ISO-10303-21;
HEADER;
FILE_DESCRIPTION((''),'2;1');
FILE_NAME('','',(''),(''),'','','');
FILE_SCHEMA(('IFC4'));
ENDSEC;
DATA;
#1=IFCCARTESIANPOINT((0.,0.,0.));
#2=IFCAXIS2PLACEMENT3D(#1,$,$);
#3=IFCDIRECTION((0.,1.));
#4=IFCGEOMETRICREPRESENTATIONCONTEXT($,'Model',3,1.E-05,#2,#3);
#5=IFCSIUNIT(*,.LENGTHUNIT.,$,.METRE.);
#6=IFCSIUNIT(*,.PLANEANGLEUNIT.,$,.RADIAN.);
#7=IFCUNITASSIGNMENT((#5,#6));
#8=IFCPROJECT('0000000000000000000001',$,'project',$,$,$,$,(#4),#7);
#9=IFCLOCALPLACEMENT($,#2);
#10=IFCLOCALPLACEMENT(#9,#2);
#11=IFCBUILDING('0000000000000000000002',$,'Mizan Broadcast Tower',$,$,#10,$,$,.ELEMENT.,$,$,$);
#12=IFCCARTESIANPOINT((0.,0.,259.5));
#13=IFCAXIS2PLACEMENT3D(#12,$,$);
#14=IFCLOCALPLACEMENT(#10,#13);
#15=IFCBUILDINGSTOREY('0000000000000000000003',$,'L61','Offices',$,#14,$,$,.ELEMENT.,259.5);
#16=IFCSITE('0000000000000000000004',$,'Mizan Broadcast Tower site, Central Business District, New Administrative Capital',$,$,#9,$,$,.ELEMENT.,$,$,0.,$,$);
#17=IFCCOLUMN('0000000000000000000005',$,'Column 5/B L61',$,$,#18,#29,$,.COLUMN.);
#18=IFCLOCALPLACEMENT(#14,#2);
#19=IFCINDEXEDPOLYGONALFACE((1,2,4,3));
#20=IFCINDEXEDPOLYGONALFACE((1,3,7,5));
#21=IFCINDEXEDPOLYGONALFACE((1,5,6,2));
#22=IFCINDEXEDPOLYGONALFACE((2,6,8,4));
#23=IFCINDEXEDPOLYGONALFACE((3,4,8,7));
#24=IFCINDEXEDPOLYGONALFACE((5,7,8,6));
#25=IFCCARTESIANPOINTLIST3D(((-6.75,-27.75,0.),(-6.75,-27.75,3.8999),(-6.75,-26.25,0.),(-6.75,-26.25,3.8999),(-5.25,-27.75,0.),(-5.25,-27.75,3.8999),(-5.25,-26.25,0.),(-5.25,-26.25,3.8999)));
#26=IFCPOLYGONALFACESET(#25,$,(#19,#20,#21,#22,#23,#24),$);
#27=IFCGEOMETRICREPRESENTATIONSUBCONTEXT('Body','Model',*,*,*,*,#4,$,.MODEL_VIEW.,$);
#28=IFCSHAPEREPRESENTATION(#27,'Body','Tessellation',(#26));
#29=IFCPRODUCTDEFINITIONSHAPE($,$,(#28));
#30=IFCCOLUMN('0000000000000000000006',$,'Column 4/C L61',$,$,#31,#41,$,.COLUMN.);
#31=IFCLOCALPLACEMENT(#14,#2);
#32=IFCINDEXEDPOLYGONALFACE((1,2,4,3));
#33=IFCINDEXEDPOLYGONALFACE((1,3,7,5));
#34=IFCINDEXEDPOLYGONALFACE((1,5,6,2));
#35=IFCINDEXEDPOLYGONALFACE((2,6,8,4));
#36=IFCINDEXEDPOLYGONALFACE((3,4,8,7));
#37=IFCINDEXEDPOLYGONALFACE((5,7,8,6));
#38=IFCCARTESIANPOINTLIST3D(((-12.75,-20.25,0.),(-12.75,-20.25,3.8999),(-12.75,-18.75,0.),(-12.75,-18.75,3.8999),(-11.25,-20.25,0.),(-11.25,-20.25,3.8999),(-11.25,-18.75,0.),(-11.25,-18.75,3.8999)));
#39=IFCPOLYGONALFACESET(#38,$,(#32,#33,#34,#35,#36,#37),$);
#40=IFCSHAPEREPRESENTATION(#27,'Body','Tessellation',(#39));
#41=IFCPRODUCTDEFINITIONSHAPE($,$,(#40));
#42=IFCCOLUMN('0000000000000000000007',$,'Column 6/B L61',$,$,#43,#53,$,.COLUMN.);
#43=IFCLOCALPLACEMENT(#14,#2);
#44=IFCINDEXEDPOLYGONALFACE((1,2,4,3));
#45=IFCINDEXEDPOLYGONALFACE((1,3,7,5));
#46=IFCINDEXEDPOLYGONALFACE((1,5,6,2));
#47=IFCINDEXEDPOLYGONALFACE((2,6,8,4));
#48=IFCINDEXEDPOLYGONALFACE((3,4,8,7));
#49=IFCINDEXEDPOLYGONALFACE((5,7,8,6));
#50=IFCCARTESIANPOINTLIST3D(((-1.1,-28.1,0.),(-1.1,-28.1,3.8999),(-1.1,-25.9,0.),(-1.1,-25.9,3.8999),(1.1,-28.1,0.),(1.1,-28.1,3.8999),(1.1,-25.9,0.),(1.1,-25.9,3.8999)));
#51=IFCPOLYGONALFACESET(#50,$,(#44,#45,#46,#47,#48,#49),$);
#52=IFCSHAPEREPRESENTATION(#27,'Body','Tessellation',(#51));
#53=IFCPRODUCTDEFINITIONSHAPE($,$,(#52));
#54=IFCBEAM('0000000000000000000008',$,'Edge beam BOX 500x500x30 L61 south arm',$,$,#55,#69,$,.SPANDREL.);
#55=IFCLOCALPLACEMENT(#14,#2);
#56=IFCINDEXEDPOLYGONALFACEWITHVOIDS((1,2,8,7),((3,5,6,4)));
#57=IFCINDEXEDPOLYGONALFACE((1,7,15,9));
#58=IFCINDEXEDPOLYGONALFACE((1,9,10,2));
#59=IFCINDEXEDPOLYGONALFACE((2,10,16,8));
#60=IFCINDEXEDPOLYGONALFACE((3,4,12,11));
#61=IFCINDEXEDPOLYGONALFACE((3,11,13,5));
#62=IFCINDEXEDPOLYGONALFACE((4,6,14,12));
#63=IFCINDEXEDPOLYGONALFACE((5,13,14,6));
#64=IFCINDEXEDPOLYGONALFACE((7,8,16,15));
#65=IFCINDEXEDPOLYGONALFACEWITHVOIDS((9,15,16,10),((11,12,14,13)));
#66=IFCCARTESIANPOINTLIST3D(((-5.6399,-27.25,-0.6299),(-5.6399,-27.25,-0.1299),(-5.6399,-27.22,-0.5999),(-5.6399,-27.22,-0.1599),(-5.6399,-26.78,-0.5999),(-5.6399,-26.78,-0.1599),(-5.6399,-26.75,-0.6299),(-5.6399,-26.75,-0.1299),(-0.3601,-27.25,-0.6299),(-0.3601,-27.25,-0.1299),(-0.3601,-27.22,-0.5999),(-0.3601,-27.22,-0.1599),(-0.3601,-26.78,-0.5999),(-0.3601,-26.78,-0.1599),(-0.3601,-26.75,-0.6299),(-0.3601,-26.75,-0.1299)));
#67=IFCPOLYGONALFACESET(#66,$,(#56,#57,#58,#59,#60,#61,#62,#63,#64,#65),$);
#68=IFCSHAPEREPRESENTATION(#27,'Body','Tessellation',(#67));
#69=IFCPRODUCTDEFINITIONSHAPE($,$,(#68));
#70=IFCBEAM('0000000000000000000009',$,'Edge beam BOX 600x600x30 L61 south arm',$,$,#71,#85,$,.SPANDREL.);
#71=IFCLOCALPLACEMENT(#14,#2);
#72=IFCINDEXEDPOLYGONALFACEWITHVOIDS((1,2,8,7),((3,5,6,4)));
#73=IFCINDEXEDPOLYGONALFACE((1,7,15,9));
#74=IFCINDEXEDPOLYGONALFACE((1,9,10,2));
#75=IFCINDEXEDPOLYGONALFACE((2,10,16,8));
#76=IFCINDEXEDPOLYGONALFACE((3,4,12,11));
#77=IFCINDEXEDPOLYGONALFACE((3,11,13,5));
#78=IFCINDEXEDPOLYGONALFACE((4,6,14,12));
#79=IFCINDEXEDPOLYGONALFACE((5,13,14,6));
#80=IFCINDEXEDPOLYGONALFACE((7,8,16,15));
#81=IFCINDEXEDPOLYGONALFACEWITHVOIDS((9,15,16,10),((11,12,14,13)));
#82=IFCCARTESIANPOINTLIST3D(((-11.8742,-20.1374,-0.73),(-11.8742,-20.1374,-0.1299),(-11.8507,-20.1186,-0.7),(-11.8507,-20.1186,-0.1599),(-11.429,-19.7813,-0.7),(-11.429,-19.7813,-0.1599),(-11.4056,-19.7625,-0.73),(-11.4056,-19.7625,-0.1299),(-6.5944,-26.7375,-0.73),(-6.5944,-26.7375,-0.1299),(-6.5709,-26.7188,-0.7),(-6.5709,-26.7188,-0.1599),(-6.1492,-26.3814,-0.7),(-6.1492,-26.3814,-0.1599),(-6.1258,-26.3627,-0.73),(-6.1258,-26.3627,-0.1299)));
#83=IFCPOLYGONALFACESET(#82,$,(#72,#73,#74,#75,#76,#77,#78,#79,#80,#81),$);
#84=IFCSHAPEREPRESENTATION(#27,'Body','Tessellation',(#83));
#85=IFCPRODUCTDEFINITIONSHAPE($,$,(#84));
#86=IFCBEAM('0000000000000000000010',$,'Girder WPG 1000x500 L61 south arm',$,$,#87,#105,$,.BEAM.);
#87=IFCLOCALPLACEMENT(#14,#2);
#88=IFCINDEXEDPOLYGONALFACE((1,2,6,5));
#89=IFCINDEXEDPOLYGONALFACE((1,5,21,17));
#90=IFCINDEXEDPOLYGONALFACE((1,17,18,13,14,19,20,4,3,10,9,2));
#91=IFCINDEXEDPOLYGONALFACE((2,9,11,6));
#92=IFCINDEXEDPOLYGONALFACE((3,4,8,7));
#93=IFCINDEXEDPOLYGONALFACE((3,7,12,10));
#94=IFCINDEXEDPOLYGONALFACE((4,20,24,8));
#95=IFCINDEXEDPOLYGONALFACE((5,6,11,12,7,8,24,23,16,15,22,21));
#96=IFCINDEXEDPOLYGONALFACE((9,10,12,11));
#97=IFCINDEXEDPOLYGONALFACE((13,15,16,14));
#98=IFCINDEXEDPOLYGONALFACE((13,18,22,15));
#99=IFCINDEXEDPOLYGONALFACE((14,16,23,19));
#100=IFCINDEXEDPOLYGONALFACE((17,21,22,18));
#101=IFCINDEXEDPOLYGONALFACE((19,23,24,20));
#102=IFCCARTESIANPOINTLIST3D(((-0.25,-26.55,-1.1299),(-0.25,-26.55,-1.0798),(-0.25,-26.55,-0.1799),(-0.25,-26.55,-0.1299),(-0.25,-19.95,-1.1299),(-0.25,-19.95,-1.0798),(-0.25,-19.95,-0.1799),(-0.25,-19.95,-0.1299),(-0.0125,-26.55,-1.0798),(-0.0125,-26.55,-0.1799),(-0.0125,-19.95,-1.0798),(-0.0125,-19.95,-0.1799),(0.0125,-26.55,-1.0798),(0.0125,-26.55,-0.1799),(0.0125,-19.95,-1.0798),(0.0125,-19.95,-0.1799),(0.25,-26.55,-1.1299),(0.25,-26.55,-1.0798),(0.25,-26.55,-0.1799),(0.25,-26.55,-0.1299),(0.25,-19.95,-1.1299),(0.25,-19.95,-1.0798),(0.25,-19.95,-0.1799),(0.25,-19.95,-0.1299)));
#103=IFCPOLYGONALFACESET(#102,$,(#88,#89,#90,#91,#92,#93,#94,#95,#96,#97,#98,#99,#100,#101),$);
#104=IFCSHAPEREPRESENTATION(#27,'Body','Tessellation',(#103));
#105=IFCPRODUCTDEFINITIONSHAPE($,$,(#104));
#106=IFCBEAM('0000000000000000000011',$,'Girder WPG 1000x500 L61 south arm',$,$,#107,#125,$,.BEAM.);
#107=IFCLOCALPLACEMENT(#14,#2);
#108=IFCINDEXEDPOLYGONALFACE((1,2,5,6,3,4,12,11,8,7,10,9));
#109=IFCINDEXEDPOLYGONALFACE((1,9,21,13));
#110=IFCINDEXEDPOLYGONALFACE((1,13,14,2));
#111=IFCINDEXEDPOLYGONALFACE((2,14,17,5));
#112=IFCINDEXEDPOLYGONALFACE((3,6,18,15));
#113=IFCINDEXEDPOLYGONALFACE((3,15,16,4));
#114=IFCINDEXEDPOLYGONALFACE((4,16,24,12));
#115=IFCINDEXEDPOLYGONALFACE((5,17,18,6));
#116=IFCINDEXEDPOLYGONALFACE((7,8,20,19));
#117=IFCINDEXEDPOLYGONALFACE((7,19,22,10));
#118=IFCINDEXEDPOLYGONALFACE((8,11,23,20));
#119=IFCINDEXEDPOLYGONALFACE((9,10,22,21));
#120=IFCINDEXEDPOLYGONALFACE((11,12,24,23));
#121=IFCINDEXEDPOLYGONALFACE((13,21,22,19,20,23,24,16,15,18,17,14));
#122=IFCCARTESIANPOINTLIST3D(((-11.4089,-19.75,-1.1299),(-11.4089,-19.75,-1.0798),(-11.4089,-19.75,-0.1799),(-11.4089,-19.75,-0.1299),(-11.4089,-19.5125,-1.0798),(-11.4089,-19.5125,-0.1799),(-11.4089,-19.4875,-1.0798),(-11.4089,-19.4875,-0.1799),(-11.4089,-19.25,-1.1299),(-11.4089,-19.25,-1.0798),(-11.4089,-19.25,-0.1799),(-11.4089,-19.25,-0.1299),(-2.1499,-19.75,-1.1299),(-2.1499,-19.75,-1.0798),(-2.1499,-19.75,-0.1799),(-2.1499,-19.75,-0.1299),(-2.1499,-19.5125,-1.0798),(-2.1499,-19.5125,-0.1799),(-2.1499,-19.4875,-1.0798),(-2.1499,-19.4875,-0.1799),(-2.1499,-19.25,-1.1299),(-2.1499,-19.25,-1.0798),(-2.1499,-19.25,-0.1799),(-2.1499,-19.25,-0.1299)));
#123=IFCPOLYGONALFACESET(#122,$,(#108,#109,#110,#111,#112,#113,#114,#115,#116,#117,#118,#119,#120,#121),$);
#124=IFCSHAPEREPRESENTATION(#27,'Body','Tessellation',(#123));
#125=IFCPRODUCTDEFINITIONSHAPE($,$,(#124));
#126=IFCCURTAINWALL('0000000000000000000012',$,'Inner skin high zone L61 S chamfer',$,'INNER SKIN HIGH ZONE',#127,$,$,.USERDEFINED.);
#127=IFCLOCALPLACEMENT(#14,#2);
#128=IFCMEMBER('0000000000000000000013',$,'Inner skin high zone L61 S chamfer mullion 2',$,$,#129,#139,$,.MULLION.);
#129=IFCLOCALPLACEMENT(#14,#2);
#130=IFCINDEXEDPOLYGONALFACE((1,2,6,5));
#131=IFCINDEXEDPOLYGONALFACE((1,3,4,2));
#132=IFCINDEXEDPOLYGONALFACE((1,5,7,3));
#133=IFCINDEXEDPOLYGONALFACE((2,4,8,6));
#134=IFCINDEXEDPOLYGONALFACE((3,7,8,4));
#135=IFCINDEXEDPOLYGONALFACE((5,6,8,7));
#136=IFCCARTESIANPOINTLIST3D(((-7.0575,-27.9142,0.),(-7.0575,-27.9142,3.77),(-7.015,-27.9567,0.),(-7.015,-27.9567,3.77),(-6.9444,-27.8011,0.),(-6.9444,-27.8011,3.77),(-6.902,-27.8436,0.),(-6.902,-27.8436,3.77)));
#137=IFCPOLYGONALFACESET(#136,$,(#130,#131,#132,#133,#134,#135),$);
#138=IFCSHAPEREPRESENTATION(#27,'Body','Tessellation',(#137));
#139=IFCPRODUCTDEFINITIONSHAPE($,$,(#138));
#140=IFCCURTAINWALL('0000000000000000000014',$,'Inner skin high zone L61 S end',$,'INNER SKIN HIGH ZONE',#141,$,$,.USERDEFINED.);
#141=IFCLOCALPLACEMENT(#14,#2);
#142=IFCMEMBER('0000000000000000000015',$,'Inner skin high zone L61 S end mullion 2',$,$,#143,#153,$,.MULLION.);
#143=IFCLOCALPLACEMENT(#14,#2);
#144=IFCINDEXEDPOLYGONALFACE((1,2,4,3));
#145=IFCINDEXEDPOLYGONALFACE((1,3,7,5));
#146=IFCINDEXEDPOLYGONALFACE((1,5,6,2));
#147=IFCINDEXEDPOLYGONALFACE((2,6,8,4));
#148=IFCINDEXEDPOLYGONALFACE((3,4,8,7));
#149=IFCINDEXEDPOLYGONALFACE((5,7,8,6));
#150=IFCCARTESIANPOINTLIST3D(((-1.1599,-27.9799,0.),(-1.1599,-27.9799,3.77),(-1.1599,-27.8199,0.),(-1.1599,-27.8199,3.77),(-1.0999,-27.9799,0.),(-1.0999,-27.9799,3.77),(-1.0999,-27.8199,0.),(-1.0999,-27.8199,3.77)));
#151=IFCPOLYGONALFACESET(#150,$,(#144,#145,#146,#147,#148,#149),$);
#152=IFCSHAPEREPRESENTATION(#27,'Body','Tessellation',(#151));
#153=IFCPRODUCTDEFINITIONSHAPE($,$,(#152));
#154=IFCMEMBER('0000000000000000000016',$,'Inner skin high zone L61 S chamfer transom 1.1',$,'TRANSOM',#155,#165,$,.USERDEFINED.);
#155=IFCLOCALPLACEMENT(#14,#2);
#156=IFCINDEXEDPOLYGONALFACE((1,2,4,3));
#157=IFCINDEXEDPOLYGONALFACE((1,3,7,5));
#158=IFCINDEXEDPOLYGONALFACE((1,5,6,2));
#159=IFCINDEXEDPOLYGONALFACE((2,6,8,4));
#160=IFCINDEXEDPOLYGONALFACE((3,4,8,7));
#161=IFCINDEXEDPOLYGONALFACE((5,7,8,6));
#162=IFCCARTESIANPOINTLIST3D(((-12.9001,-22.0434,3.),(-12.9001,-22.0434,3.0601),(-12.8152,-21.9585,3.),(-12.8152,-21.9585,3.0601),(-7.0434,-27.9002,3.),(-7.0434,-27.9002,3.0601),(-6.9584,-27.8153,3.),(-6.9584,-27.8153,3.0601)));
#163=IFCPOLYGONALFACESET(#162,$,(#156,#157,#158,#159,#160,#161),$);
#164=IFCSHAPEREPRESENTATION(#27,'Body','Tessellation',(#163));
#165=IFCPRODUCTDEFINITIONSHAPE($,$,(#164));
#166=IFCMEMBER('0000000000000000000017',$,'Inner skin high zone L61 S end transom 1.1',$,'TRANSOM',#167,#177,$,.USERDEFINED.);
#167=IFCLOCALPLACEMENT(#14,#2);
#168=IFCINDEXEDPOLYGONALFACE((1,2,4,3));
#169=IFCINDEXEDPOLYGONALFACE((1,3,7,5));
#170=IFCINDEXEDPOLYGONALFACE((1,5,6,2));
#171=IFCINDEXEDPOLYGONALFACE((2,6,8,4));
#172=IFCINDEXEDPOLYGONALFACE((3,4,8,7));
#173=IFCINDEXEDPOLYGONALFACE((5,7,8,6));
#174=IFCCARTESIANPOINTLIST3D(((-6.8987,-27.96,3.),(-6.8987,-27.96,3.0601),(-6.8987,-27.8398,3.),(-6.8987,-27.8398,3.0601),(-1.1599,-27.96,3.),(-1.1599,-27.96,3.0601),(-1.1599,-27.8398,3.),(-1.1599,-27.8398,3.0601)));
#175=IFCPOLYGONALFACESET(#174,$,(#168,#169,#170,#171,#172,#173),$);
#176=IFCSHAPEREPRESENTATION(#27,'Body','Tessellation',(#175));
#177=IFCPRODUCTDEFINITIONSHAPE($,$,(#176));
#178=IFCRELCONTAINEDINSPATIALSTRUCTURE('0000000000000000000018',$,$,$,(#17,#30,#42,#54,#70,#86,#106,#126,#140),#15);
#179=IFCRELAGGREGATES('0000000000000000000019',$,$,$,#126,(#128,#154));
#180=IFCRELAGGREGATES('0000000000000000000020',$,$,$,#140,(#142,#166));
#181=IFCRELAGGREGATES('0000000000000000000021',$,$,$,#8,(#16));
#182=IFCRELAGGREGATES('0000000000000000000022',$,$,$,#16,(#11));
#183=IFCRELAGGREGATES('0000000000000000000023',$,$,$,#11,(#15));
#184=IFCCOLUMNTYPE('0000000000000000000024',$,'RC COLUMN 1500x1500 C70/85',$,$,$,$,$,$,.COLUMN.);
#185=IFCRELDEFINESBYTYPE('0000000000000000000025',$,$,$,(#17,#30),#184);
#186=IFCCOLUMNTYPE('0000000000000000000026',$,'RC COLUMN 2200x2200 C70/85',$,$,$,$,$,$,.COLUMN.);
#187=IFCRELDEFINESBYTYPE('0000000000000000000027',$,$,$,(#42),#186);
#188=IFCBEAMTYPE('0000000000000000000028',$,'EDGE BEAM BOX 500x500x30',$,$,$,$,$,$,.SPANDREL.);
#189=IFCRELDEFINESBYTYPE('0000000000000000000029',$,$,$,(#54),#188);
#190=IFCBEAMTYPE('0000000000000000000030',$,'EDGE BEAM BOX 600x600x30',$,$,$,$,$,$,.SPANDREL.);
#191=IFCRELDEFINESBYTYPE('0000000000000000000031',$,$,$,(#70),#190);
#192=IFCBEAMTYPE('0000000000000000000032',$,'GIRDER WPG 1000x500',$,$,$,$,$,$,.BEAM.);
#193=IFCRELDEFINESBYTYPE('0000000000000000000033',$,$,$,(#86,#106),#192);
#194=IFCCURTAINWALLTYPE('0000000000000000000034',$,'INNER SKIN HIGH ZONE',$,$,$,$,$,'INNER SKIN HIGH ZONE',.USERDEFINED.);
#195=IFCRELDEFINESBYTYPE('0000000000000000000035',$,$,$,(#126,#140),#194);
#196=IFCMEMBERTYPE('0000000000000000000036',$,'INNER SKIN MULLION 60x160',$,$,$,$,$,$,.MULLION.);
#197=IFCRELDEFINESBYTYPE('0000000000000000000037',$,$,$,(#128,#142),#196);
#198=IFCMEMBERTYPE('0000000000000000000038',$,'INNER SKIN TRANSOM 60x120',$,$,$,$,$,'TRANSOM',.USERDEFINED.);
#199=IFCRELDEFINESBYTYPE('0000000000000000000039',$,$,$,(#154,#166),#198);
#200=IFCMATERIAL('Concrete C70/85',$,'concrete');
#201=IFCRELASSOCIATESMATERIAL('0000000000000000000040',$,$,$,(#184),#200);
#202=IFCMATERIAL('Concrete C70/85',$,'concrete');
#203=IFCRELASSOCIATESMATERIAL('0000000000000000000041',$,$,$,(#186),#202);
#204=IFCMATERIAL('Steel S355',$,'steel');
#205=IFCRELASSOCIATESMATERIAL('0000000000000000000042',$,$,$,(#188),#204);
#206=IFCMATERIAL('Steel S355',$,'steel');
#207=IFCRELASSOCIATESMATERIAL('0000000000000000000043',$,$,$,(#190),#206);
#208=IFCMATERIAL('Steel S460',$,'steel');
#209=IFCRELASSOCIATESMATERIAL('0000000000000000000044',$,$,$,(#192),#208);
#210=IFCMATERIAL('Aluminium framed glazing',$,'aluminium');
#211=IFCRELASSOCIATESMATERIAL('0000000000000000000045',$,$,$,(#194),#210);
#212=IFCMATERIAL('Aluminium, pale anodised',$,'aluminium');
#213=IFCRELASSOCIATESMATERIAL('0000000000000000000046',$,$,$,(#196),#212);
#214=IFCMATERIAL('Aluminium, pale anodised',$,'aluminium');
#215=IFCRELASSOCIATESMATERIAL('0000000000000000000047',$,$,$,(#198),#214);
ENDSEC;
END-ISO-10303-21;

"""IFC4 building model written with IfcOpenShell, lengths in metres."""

from ifc_helpers import new_model, si_unit, direction, frame, origin, origin_2d, place, context, subcontext, project, spatial, rectangle, hollow_rectangle, i_section, extrude, material, material_profile, profile_set, type_object, element, aggregate, save


model = new_model("IFC4")

# Units and contexts
model_context = context("Model", 3, precision=1e-05, world=origin(), true_north=direction((0.0, 1.0)))
body_context = subcontext(model_context, "Body", "Model", "MODEL_VIEW")
ifc_project = project(units=[si_unit("LENGTHUNIT", "METRE"), si_unit("PLANEANGLEUNIT", "RADIAN")], contexts=[model_context])

# Site, building, storey
site_placement = place(None, origin())
site = spatial("IfcSite", under=ifc_project, at=site_placement, Name="Mizan Broadcast Tower site, Central Business District, New Administrative Capital", CompositionType="ELEMENT", RefElevation=0.0)
building_placement = place(site_placement, origin())
building = spatial("IfcBuilding", under=site, at=building_placement, Name="Mizan Broadcast Tower", CompositionType="ELEMENT")
storey_placement = place(building_placement, frame((0.0, 0.0, 259.5)))
storey = spatial("IfcBuildingStorey", under=building, at=storey_placement, Name="L61", Description="Offices", CompositionType="ELEMENT", Elevation=259.5)

# Columns
ifc_material_1 = material(Name="Concrete C70/85", Category="concrete")
ifc_material_profile_1 = material_profile(ifc_material_1, rectangle(XDim=1.5, YDim=1.5, at=origin_2d()), Name="RC 1500x1500")
ifc_profile_set_1 = profile_set([ifc_material_profile_1], Name="Concrete C70/85")
column_type_1 = type_object("IfcColumnType", Name="RC COLUMN 1500x1500 C70/85", PredefinedType="COLUMN", material=ifc_profile_set_1)
for number, where, z_axis, x_axis, name in (
    (1, (-6.0, -27.0, 0.0), (0.0, 0.0, 1.0), (1.0, 0.0, 0.0), "Column 5/B L61"),
    (2, (-12.0, -19.5, 0.0), (0.0, 0.0, 1.0), (1.0, 0.0, 0.0), "Column 4/C L61"),
):
    element("IfcColumn", number, at=place(storey_placement, frame(where, z_axis=z_axis, x_axis=x_axis)), inside=storey, type_object=column_type_1, Name=name, PredefinedType="COLUMN", context=body_context, shape_type="SweptSolid", body=[
        extrude(rectangle(XDim=1.5, YDim=1.5, at=origin_2d()), origin(), (0.0, 0.0, 1.0), 3.8999),
    ])
ifc_material_2 = material(Name="Concrete C70/85", Category="concrete")
ifc_material_profile_2 = material_profile(ifc_material_2, rectangle(XDim=2.2, YDim=2.2, at=origin_2d()), Name="RC 2200x2200")
ifc_profile_set_2 = profile_set([ifc_material_profile_2], Name="Concrete C70/85")
column_type_2 = type_object("IfcColumnType", Name="RC COLUMN 2200x2200 C70/85", PredefinedType="COLUMN", material=ifc_profile_set_2)
column_placement = place(storey_placement, frame((0.0, -27.0, 0.0), z_axis=(0.0, 0.0, 1.0), x_axis=(1.0, 0.0, 0.0)))
element("IfcColumn", 3, at=column_placement, inside=storey, type_object=column_type_2, Name="Column 6/B L61", PredefinedType="COLUMN", context=body_context, shape_type="SweptSolid", body=[
    extrude(rectangle(XDim=2.2, YDim=2.2, at=origin_2d()), origin(), (0.0, 0.0, 1.0), 3.8999),
])

# Beams
ifc_material_3 = material(Name="Steel S355", Category="steel")
ifc_material_profile_3 = material_profile(ifc_material_3, hollow_rectangle(XDim=0.5, YDim=0.5, WallThickness=0.03, at=origin_2d()), Name="BOX 500x500x30")
ifc_profile_set_3 = profile_set([ifc_material_profile_3], Name="Steel S355")
beam_type_1 = type_object("IfcBeamType", Name="EDGE BEAM BOX 500x500x30", PredefinedType="SPANDREL", material=ifc_profile_set_3)
beam_1_placement = place(storey_placement, frame((-5.6399, -27.0, -0.3799), z_axis=(1.0, 0.0, 0.0), x_axis=(0.0, 1.0, 0.0)))
element("IfcBeam", 4, at=beam_1_placement, inside=storey, type_object=beam_type_1, Name="Edge beam BOX 500x500x30 L61 south arm", PredefinedType="SPANDREL", context=body_context, shape_type="SweptSolid", body=[
    extrude(hollow_rectangle(XDim=0.5, YDim=0.5, WallThickness=0.03, at=origin_2d()), origin(), (0.0, 0.0, 1.0), 5.2798),
])
ifc_material_4 = material(Name="Steel S355", Category="steel")
ifc_material_profile_4 = material_profile(ifc_material_4, hollow_rectangle(XDim=0.6001, YDim=0.6001, WallThickness=0.03, at=origin_2d()), Name="BOX 600x600x30")
ifc_profile_set_4 = profile_set([ifc_material_profile_4], Name="Steel S355")
beam_type_2 = type_object("IfcBeamType", Name="EDGE BEAM BOX 600x600x30", PredefinedType="SPANDREL", material=ifc_profile_set_4)
beam_2_placement = place(storey_placement, frame((-11.6399, -19.95, -0.4299), z_axis=(0.624674, -0.780886, 0.0), x_axis=(0.780886, 0.624674, 0.0)))
element("IfcBeam", 5, at=beam_2_placement, inside=storey, type_object=beam_type_2, Name="Edge beam BOX 600x600x30 L61 south arm", PredefinedType="SPANDREL", context=body_context, shape_type="SweptSolid", body=[
    extrude(hollow_rectangle(XDim=0.6001, YDim=0.6001, WallThickness=0.03, at=origin_2d()), origin(), (0.0, 0.0, 1.0), 8.4521),
])
ifc_material_5 = material(Name="Steel S460", Category="steel")
ifc_material_profile_5 = material_profile(ifc_material_5, i_section(OverallWidth=0.5, OverallDepth=1.0, WebThickness=0.0249, FlangeThickness=0.05, at=origin_2d()), Name="WPG 1000x500")
ifc_profile_set_5 = profile_set([ifc_material_profile_5], Name="Steel S460")
beam_type_3 = type_object("IfcBeamType", Name="GIRDER WPG 1000x500", PredefinedType="BEAM", material=ifc_profile_set_5)
beam_3_placement = place(storey_placement, frame((0.0, -19.95, -0.6299), z_axis=(0.0, -1.0, 0.0), x_axis=(1.0, 0.0, 0.0)))
element("IfcBeam", 6, at=beam_3_placement, inside=storey, type_object=beam_type_3, Name="Girder WPG 1000x500 L61 south arm", PredefinedType="BEAM", context=body_context, shape_type="SweptSolid", body=[
    extrude(i_section(OverallWidth=0.5, OverallDepth=1.0, WebThickness=0.0249, FlangeThickness=0.05, at=origin_2d()), origin(), (0.0, 0.0, 1.0), 6.6001),
])
beam_4_placement = place(storey_placement, frame((-11.4089, -19.5, -0.6299), z_axis=(1.0, 0.0, 0.0), x_axis=(0.0, 1.0, 0.0)))
element("IfcBeam", 7, at=beam_4_placement, inside=storey, type_object=beam_type_3, Name="Girder WPG 1000x500 L61 south arm", PredefinedType="BEAM", context=body_context, shape_type="SweptSolid", body=[
    extrude(i_section(OverallWidth=0.5, OverallDepth=1.0, WebThickness=0.0249, FlangeThickness=0.05, at=origin_2d()), origin(), (0.0, 0.0, 1.0), 9.259),
])

# Curtain walls, members
ifc_material_6 = material(Name="Aluminium framed glazing", Category="aluminium")
curtain_wall_type_1 = type_object("IfcCurtainWallType", Name="INNER SKIN HIGH ZONE", ElementType="INNER SKIN HIGH ZONE", PredefinedType="USERDEFINED", material=ifc_material_6)
curtain_wall_1_placement = place(storey_placement, origin())
curtain_wall_1 = element("IfcCurtainWall", 8, at=curtain_wall_1_placement, inside=storey, type_object=curtain_wall_type_1, Name="Inner skin high zone L61 S chamfer", ObjectType="INNER SKIN HIGH ZONE", PredefinedType="USERDEFINED")
ifc_material_7 = material(Name="Aluminium, pale anodised", Category="aluminium")
ifc_material_profile_6 = material_profile(ifc_material_7, rectangle(XDim=0.1599, YDim=0.0601, at=origin_2d()), Name="MULLION 160x60")
ifc_profile_set_6 = profile_set([ifc_material_profile_6], Name="Aluminium, pale anodised")
member_type_1 = type_object("IfcMemberType", Name="INNER SKIN MULLION 60x160", PredefinedType="MULLION", material=ifc_profile_set_6)
member_1_placement = place(storey_placement, frame((-6.9797, -27.8789, 0.0), z_axis=(0.0, 0.0, 1.0), x_axis=(0.707107, 0.707107, 0.0)))
member_1 = element("IfcMember", 9, at=member_1_placement, type_object=member_type_1, Name="Inner skin high zone L61 S chamfer mullion 2", PredefinedType="MULLION", context=body_context, shape_type="SweptSolid", body=[
    extrude(rectangle(XDim=0.1599, YDim=0.0601, at=origin_2d()), origin(), (0.0, 0.0, 1.0), 3.77),
])
curtain_wall_2_placement = place(storey_placement, origin())
curtain_wall_2 = element("IfcCurtainWall", 10, at=curtain_wall_2_placement, inside=storey, type_object=curtain_wall_type_1, Name="Inner skin high zone L61 S end", ObjectType="INNER SKIN HIGH ZONE", PredefinedType="USERDEFINED")
member_2_placement = place(storey_placement, frame((-1.1299, -27.8999, 0.0), z_axis=(0.0, 0.0, 1.0), x_axis=(0.0, 1.0, 0.0)))
member_2 = element("IfcMember", 11, at=member_2_placement, type_object=member_type_1, Name="Inner skin high zone L61 S end mullion 2", PredefinedType="MULLION", context=body_context, shape_type="SweptSolid", body=[
    extrude(rectangle(XDim=0.1599, YDim=0.0601, at=origin_2d()), origin(), (0.0, 0.0, 1.0), 3.77),
])

# Members
ifc_material_8 = material(Name="Aluminium, pale anodised", Category="aluminium")
ifc_material_profile_7 = material_profile(ifc_material_8, rectangle(XDim=0.1201, YDim=0.0601, at=origin_2d()), Name="TRANSOM 120x60")
ifc_profile_set_7 = profile_set([ifc_material_profile_7], Name="Aluminium, pale anodised")
member_type_2 = type_object("IfcMemberType", Name="INNER SKIN TRANSOM 60x120", ElementType="TRANSOM", PredefinedType="USERDEFINED", material=ifc_profile_set_7)
member_3_placement = place(storey_placement, frame((-12.8577, -22.001, 3.03), z_axis=(0.707107, -0.707107, 0.0), x_axis=(0.707107, 0.707107, 0.0)))
member_3 = element("IfcMember", 12, at=member_3_placement, type_object=member_type_2, Name="Inner skin high zone L61 S chamfer transom 1.1", ObjectType="TRANSOM", PredefinedType="USERDEFINED", context=body_context, shape_type="SweptSolid", body=[
    extrude(rectangle(XDim=0.1201, YDim=0.0601, at=origin_2d()), origin(), (0.0, 0.0, 1.0), 8.2827),
])
member_4_placement = place(storey_placement, frame((-6.8987, -27.8999, 3.03), z_axis=(1.0, 0.0, 0.0), x_axis=(0.0, 1.0, 0.0)))
member_4 = element("IfcMember", 13, at=member_4_placement, type_object=member_type_2, Name="Inner skin high zone L61 S end transom 1.1", ObjectType="TRANSOM", PredefinedType="USERDEFINED", context=body_context, shape_type="SweptSolid", body=[
    extrude(rectangle(XDim=0.1201, YDim=0.0601, at=origin_2d()), origin(), (0.0, 0.0, 1.0), 5.7388),
])

aggregate(curtain_wall_1, [member_1, member_3])
aggregate(curtain_wall_2, [member_2, member_4])

save(model, "model.ifc")
